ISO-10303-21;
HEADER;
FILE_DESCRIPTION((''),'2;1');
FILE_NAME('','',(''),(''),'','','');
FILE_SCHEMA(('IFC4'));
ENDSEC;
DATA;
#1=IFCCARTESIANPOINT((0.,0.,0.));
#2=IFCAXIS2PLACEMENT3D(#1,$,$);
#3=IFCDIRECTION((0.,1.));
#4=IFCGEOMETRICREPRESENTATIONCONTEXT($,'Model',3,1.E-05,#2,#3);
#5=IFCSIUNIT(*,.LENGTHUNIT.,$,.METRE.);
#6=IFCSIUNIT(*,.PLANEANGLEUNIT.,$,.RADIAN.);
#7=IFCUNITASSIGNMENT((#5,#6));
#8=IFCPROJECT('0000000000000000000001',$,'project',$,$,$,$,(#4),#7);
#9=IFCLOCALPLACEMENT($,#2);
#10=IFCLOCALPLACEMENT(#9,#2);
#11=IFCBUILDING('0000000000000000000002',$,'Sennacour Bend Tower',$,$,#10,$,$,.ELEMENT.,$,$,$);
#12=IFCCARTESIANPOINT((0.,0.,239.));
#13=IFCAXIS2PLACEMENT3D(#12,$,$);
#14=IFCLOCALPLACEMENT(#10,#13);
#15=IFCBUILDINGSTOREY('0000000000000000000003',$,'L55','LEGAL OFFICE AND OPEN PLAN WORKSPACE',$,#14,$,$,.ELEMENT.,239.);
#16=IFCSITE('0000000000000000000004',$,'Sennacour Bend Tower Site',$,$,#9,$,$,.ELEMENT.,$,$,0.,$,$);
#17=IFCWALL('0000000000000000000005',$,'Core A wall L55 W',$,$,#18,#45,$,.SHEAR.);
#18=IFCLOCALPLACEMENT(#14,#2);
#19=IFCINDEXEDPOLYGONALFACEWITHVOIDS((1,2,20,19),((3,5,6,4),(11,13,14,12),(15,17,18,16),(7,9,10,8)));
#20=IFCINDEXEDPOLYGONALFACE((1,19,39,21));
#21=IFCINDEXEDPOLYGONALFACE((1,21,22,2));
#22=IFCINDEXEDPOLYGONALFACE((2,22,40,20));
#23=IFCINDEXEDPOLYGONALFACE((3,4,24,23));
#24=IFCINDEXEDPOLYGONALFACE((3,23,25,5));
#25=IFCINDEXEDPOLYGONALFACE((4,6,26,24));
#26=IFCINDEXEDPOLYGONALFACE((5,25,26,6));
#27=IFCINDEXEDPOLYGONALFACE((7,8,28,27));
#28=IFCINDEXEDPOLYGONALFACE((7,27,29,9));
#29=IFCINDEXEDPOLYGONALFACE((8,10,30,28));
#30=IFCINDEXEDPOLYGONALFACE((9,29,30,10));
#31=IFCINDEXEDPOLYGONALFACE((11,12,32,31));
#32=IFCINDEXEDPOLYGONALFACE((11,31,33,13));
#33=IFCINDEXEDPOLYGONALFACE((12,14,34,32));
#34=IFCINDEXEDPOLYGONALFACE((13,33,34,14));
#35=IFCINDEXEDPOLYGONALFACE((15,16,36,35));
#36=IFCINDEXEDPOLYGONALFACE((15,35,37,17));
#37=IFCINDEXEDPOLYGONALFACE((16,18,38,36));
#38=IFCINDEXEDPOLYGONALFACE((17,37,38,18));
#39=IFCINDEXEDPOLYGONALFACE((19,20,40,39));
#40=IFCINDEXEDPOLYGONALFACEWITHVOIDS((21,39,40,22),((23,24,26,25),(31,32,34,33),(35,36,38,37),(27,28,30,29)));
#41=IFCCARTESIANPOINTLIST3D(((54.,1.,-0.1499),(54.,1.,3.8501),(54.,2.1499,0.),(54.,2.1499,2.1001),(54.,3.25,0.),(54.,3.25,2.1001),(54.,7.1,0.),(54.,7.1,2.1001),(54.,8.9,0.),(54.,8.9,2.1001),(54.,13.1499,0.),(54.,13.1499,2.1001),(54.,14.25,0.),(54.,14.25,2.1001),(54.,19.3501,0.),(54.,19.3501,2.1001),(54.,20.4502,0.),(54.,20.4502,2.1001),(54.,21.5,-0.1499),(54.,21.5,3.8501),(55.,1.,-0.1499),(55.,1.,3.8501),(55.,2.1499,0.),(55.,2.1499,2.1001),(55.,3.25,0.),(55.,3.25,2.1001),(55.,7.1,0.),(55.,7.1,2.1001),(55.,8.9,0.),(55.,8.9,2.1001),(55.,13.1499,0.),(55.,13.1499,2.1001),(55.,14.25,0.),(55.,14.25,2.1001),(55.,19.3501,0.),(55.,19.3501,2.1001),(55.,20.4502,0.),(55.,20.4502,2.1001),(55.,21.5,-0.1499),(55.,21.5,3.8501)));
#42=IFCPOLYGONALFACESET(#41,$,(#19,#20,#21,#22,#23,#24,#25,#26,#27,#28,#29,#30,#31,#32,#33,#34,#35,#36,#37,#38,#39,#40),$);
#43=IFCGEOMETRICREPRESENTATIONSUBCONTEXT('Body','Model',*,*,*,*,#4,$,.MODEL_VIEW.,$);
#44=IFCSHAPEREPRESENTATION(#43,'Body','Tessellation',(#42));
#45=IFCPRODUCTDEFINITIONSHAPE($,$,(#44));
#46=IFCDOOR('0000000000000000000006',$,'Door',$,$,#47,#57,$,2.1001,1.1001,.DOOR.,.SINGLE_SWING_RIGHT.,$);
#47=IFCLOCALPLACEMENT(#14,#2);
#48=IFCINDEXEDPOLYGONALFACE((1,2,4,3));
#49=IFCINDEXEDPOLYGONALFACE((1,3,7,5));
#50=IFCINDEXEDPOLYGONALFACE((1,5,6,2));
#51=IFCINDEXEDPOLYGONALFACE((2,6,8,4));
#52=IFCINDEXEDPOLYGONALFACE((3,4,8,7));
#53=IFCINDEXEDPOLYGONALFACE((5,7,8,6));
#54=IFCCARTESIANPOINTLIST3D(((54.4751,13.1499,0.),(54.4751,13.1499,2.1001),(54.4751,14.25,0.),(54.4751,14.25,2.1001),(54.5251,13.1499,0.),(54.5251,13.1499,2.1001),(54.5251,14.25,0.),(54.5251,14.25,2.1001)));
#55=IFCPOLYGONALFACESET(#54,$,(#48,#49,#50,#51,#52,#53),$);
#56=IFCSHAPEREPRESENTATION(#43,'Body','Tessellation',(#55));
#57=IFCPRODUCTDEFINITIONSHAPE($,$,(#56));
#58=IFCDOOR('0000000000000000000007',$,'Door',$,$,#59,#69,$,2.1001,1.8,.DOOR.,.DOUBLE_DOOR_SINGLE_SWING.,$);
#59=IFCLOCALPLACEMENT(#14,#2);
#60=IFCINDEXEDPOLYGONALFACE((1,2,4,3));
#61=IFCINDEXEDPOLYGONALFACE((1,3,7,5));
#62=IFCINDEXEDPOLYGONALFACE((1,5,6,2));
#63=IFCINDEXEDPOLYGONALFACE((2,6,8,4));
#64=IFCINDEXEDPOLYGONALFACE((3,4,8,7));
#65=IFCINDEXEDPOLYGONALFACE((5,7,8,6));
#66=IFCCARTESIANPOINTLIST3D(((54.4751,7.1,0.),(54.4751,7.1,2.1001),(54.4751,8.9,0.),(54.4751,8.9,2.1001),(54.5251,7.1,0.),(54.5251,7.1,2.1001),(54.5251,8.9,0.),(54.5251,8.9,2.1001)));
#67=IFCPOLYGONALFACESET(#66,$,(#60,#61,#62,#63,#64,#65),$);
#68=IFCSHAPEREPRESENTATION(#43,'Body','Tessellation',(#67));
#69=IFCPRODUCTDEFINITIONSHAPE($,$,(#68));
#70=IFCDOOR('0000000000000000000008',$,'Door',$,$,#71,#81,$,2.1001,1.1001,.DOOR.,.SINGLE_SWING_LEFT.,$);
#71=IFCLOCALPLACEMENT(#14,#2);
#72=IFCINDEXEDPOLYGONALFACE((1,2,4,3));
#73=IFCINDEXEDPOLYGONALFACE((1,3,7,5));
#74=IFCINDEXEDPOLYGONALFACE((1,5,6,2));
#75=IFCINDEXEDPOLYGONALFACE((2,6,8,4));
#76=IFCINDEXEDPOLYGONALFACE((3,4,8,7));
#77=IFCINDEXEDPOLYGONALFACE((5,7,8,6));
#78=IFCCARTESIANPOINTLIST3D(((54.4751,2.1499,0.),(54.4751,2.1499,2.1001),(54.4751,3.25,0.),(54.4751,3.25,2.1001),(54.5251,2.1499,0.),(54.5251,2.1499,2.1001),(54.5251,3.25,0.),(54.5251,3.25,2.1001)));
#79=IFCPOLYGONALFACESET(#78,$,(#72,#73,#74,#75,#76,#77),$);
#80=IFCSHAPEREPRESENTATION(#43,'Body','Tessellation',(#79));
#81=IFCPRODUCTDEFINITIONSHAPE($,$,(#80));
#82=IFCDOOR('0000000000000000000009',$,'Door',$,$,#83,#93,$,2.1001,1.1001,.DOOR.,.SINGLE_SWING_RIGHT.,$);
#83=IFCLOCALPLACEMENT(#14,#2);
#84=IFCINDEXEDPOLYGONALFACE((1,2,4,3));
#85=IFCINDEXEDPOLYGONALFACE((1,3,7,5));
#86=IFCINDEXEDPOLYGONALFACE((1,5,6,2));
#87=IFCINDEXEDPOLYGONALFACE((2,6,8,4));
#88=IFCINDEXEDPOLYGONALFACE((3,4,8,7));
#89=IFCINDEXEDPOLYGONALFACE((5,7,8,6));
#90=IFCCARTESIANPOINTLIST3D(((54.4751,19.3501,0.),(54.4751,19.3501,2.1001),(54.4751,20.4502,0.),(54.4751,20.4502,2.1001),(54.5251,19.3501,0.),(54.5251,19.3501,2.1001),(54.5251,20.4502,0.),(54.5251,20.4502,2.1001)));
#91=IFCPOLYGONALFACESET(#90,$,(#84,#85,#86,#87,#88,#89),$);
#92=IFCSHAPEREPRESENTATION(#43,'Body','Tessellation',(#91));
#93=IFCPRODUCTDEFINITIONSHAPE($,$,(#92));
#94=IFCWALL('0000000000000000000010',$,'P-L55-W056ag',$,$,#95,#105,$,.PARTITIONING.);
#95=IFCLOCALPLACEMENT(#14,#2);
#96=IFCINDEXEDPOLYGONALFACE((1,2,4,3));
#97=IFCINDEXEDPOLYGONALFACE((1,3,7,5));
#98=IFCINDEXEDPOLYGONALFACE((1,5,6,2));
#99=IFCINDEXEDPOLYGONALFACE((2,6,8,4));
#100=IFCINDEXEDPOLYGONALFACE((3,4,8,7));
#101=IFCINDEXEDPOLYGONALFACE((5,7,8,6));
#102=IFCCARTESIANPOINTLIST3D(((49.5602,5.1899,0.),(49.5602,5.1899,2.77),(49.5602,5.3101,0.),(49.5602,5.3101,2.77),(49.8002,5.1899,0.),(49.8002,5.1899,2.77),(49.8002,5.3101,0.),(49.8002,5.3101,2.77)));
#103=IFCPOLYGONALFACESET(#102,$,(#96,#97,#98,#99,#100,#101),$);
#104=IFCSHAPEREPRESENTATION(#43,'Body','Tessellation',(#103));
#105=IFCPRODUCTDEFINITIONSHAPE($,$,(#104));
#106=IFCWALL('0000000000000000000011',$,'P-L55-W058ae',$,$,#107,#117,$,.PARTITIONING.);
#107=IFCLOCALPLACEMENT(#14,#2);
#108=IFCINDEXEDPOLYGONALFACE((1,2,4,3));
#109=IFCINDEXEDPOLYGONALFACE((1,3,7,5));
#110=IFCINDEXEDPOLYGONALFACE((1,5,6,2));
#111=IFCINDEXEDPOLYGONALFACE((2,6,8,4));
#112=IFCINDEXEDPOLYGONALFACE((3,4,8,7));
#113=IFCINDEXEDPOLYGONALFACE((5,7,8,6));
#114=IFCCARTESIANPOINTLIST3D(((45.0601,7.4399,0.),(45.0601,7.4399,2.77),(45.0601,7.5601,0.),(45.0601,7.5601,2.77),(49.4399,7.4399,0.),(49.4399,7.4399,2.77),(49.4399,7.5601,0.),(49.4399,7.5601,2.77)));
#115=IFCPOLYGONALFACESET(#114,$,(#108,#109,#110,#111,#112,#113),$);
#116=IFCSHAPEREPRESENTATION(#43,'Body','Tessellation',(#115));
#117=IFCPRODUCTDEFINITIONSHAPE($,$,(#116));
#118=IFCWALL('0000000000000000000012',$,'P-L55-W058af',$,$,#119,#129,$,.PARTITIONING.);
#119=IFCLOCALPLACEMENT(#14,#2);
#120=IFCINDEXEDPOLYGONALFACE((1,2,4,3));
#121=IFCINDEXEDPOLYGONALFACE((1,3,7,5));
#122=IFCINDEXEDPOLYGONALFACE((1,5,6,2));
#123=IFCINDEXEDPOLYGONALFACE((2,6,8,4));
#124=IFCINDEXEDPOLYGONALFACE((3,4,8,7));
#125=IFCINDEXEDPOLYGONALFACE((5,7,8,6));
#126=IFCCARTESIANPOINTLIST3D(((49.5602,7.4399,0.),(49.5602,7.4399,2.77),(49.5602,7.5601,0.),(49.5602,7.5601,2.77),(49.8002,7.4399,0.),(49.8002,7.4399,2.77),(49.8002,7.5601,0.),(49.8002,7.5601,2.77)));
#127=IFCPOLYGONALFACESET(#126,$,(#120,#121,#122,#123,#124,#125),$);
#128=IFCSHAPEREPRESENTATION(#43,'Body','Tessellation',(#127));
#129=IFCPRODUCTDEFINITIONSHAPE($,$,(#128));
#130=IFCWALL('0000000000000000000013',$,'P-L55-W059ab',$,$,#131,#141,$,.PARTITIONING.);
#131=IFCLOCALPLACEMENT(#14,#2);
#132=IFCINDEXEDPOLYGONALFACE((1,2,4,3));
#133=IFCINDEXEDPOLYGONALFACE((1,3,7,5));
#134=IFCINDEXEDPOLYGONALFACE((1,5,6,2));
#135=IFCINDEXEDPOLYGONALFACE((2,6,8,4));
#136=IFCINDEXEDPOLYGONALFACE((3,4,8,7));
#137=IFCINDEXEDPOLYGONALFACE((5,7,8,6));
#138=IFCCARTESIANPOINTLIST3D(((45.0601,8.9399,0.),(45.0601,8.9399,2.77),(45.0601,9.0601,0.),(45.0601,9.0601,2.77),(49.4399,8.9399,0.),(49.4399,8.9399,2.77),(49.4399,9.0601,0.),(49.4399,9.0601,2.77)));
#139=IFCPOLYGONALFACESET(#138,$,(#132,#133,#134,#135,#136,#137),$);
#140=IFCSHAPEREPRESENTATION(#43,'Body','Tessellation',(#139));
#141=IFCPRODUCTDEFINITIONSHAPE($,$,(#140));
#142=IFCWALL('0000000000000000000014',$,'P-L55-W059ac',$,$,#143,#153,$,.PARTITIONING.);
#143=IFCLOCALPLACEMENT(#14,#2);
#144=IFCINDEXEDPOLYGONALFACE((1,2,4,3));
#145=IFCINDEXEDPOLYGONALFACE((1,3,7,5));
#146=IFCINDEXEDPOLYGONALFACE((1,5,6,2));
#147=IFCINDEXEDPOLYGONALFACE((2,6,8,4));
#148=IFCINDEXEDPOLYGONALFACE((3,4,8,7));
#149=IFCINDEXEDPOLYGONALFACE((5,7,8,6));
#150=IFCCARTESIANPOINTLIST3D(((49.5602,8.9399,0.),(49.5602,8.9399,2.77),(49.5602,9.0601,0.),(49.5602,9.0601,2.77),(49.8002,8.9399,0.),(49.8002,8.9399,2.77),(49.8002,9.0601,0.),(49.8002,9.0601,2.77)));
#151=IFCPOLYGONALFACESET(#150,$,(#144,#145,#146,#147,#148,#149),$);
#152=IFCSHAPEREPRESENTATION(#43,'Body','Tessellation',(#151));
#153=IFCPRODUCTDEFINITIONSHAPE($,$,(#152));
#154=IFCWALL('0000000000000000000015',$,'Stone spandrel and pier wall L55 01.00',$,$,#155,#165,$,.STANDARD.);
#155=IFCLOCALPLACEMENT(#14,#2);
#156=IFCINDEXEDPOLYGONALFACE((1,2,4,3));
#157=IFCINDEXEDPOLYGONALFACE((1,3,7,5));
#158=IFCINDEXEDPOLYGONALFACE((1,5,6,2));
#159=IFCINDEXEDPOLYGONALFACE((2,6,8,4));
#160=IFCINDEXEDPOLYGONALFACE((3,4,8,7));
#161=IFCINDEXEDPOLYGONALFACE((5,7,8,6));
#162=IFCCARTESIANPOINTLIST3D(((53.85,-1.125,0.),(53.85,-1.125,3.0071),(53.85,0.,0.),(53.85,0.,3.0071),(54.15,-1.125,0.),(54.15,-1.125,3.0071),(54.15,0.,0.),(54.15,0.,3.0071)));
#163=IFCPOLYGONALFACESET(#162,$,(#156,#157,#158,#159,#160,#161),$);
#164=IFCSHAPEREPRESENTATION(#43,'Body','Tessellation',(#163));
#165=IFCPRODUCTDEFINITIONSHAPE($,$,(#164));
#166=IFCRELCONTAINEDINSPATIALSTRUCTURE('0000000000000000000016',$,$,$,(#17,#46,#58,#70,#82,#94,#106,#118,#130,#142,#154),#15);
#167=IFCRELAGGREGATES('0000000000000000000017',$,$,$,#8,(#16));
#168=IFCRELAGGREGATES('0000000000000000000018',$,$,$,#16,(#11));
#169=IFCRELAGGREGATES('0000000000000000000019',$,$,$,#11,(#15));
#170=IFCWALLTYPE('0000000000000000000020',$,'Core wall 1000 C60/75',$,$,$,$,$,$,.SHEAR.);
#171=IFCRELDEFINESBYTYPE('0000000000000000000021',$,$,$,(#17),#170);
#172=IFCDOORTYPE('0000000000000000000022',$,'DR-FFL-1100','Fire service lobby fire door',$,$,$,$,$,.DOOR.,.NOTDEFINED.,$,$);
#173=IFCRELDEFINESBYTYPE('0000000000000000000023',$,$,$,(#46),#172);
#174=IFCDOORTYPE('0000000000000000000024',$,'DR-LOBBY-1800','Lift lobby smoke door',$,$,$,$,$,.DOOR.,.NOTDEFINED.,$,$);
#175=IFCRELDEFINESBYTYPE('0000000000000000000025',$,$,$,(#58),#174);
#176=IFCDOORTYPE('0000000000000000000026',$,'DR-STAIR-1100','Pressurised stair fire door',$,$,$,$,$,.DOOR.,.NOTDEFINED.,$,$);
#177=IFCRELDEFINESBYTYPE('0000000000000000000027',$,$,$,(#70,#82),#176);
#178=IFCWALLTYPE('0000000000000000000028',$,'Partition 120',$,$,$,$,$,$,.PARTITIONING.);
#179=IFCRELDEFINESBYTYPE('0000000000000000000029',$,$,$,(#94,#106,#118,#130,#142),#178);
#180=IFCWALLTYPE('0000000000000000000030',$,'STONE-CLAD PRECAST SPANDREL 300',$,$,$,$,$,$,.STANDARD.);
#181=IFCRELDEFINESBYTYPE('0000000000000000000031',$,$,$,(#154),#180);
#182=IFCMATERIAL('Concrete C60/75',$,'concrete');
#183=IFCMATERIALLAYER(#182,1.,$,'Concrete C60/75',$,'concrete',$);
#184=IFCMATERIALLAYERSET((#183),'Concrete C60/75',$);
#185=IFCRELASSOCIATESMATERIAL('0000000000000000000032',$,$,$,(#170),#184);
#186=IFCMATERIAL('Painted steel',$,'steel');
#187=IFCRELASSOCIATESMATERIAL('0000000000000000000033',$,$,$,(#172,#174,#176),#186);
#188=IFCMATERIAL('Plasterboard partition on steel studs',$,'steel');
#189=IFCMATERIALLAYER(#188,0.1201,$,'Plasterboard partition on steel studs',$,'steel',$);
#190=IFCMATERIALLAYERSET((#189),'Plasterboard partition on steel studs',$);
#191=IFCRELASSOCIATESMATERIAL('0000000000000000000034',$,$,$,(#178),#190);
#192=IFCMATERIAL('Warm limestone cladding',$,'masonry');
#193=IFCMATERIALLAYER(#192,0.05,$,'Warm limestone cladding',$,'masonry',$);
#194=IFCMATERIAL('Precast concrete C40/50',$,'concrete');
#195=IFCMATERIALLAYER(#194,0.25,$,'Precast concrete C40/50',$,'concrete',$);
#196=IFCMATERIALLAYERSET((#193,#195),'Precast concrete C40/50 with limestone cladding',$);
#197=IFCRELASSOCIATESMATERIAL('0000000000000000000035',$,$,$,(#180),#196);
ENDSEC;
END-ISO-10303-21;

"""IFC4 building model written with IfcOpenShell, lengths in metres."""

from ifc_helpers import new_model, si_unit, direction, frame, frame_2d, origin, place, context, subcontext, project, spatial, rectangle, extrude, material, layer, layer_set, type_object, element, fill, save


model = new_model("IFC4")

# Units and contexts
model_context = context("Model", 3, precision=1e-05, world=origin(), true_north=direction((0.0, 1.0)))
body_context = subcontext(model_context, "Body", "Model", "MODEL_VIEW")
ifc_project = project(units=[si_unit("LENGTHUNIT", "METRE"), si_unit("PLANEANGLEUNIT", "RADIAN")], contexts=[model_context])

# Site, building, storey
site_placement = place(None, origin())
site = spatial("IfcSite", under=ifc_project, at=site_placement, Name="Sennacour Bend Tower Site", CompositionType="ELEMENT", RefElevation=0.0)
building_placement = place(site_placement, origin())
building = spatial("IfcBuilding", under=site, at=building_placement, Name="Sennacour Bend Tower", CompositionType="ELEMENT")
storey_placement = place(building_placement, frame((0.0, 0.0, 239.0)))
storey = spatial("IfcBuildingStorey", under=building, at=storey_placement, Name="L55", Description="LEGAL OFFICE AND OPEN PLAN WORKSPACE", CompositionType="ELEMENT", Elevation=239.0)

# Wall, openings, doors
ifc_material_1 = material(Name="Concrete C60/75", Category="concrete")
ifc_layer_1 = layer(ifc_material_1, 1.0, Name="Concrete C60/75", Category="concrete")
ifc_layer_set_1 = layer_set([ifc_layer_1], Name="Concrete C60/75")
wall_type_1 = type_object("IfcWallType", Name="Core wall 1000 C60/75", PredefinedType="SHEAR", material=ifc_layer_set_1)
wall_1_placement = place(storey_placement, frame((54.5, 1.0, -0.1499), z_axis=(0.0, 0.0, 1.0), x_axis=(0.0, 1.0, 0.0)))
wall_1 = element("IfcWall", 1, at=wall_1_placement, inside=storey, type_object=wall_type_1, Name="Core A wall L55 W", PredefinedType="SHEAR", context=body_context, shape_type="SweptSolid", body=[
    extrude(rectangle(XDim=20.5, YDim=1.0, at=frame_2d((10.25, 0.0))), origin(), (0.0, 0.0, 1.0), 4.0),
])
opening_1_placement = place(wall_1_placement, frame((6.1001, 0.0, 0.1499)))
opening_1 = element("IfcOpeningElement", 2, at=opening_1_placement, cuts=wall_1, PredefinedType="OPENING", context=body_context, shape_type="SweptSolid", body=[
    extrude(rectangle(XDim=1.8, YDim=2.1001, at=frame_2d((0.8999, 1.05))), frame((0.0, 0.51, 0.0), z_axis=(0.0, -1.0, 0.0), x_axis=(1.0, 0.0, 0.0)), (0.0, 0.0, 1.0), 1.02),
])
opening_2_placement = place(wall_1_placement, frame((12.1499, 0.0, 0.1499)))
opening_2 = element("IfcOpeningElement", 3, at=opening_2_placement, cuts=wall_1, PredefinedType="OPENING", context=body_context, shape_type="SweptSolid", body=[
    extrude(rectangle(XDim=1.1001, YDim=2.1001, at=frame_2d((0.55, 1.05))), frame((0.0, 0.51, 0.0), z_axis=(0.0, -1.0, 0.0), x_axis=(1.0, 0.0, 0.0)), (0.0, 0.0, 1.0), 1.02),
])
opening_3_placement = place(wall_1_placement, frame((1.1499, 0.0, 0.1499)))
opening_3 = element("IfcOpeningElement", 4, at=opening_3_placement, cuts=wall_1, PredefinedType="OPENING", context=body_context, shape_type="SweptSolid", body=[
    extrude(rectangle(XDim=1.1001, YDim=2.1001, at=frame_2d((0.55, 1.05))), frame((0.0, 0.51, 0.0), z_axis=(0.0, -1.0, 0.0), x_axis=(1.0, 0.0, 0.0)), (0.0, 0.0, 1.0), 1.02),
])
opening_4_placement = place(wall_1_placement, frame((18.3501, 0.0, 0.1499)))
opening_4 = element("IfcOpeningElement", 5, at=opening_4_placement, cuts=wall_1, PredefinedType="OPENING", context=body_context, shape_type="SweptSolid", body=[
    extrude(rectangle(XDim=1.1001, YDim=2.1001, at=frame_2d((0.55, 1.05))), frame((0.0, 0.51, 0.0), z_axis=(0.0, -1.0, 0.0), x_axis=(1.0, 0.0, 0.0)), (0.0, 0.0, 1.0), 1.02),
])
ifc_material_2 = material(Name="Painted steel", Category="steel")
door_type_1 = type_object("IfcDoorType", Name="DR-FFL-1100", Description="Fire service lobby fire door", OperationType="NOTDEFINED", PredefinedType="DOOR", material=ifc_material_2)
door_1_placement = place(opening_2_placement, origin())
door_1 = element("IfcDoor", 6, at=door_1_placement, inside=storey, type_object=door_type_1, Name="Door", OperationType="SINGLE_SWING_RIGHT", OverallHeight=2.1001, OverallWidth=1.1001, PredefinedType="DOOR", context=body_context, shape_type="SweptSolid", body=[
    extrude(rectangle(XDim=1.1001, YDim=2.1001, at=frame_2d((0.55, 1.05))), frame((0.0, 0.0249, 0.0), z_axis=(0.0, -1.0, 0.0), x_axis=(1.0, 0.0, 0.0)), (0.0, 0.0, 1.0), 0.05),
])
fill(opening_2, door_1)
door_type_2 = type_object("IfcDoorType", Name="DR-LOBBY-1800", Description="Lift lobby smoke door", OperationType="NOTDEFINED", PredefinedType="DOOR", material=ifc_material_2)
door_2_placement = place(opening_1_placement, origin())
door_2 = element("IfcDoor", 7, at=door_2_placement, inside=storey, type_object=door_type_2, Name="Door", OperationType="DOUBLE_DOOR_SINGLE_SWING", OverallHeight=2.1001, OverallWidth=1.8, PredefinedType="DOOR", context=body_context, shape_type="SweptSolid", body=[
    extrude(rectangle(XDim=1.8, YDim=2.1001, at=frame_2d((0.8999, 1.05))), frame((0.0, 0.0249, 0.0), z_axis=(0.0, -1.0, 0.0), x_axis=(1.0, 0.0, 0.0)), (0.0, 0.0, 1.0), 0.05),
])
fill(opening_1, door_2)
door_type_3 = type_object("IfcDoorType", Name="DR-STAIR-1100", Description="Pressurised stair fire door", OperationType="NOTDEFINED", PredefinedType="DOOR", material=ifc_material_2)
door_3_placement = place(opening_3_placement, origin())
door_3 = element("IfcDoor", 8, at=door_3_placement, inside=storey, type_object=door_type_3, Name="Door", OperationType="SINGLE_SWING_LEFT", OverallHeight=2.1001, OverallWidth=1.1001, PredefinedType="DOOR", context=body_context, shape_type="SweptSolid", body=[
    extrude(rectangle(XDim=1.1001, YDim=2.1001, at=frame_2d((0.55, 1.05))), frame((0.0, 0.0249, 0.0), z_axis=(0.0, -1.0, 0.0), x_axis=(1.0, 0.0, 0.0)), (0.0, 0.0, 1.0), 0.05),
])
fill(opening_3, door_3)
door_4_placement = place(opening_4_placement, origin())
door_4 = element("IfcDoor", 9, at=door_4_placement, inside=storey, type_object=door_type_3, Name="Door", OperationType="SINGLE_SWING_RIGHT", OverallHeight=2.1001, OverallWidth=1.1001, PredefinedType="DOOR", context=body_context, shape_type="SweptSolid", body=[
    extrude(rectangle(XDim=1.1001, YDim=2.1001, at=frame_2d((0.55, 1.05))), frame((0.0, 0.0249, 0.0), z_axis=(0.0, -1.0, 0.0), x_axis=(1.0, 0.0, 0.0)), (0.0, 0.0, 1.0), 0.05),
])
fill(opening_4, door_4)

# Walls
ifc_material_3 = material(Name="Plasterboard partition on steel studs", Category="steel")
ifc_layer_2 = layer(ifc_material_3, 0.1201, Name="Plasterboard partition on steel studs", Category="steel")
ifc_layer_set_2 = layer_set([ifc_layer_2], Name="Plasterboard partition on steel studs")
wall_type_2 = type_object("IfcWallType", Name="Partition 120", PredefinedType="PARTITIONING", material=ifc_layer_set_2)
wall_2_placement = place(storey_placement, frame((49.5601, 5.25, 0.0), z_axis=(0.0, 0.0, 1.0), x_axis=(1.0, 0.0, 0.0)))
element("IfcWall", 10, at=wall_2_placement, inside=storey, type_object=wall_type_2, Name="P-L55-W056ag", PredefinedType="PARTITIONING", context=body_context, shape_type="SweptSolid", body=[
    extrude(rectangle(XDim=0.24, YDim=0.1201, at=frame_2d((0.1201, 0.0))), origin(), (0.0, 0.0, 1.0), 2.77),
])
wall_3_placement = place(storey_placement, frame((45.0601, 7.5, 0.0), z_axis=(0.0, 0.0, 1.0), x_axis=(1.0, 0.0, 0.0)))
element("IfcWall", 11, at=wall_3_placement, inside=storey, type_object=wall_type_2, Name="P-L55-W058ae", PredefinedType="PARTITIONING", context=body_context, shape_type="SweptSolid", body=[
    extrude(rectangle(XDim=4.3799, YDim=0.1201, at=frame_2d((2.1899, 0.0))), origin(), (0.0, 0.0, 1.0), 2.77),
])
wall_4_placement = place(storey_placement, frame((49.5601, 7.5, 0.0), z_axis=(0.0, 0.0, 1.0), x_axis=(1.0, 0.0, 0.0)))
element("IfcWall", 12, at=wall_4_placement, inside=storey, type_object=wall_type_2, Name="P-L55-W058af", PredefinedType="PARTITIONING", context=body_context, shape_type="SweptSolid", body=[
    extrude(rectangle(XDim=0.24, YDim=0.1201, at=frame_2d((0.1201, 0.0))), origin(), (0.0, 0.0, 1.0), 2.77),
])
wall_5_placement = place(storey_placement, frame((45.0601, 9.0, 0.0), z_axis=(0.0, 0.0, 1.0), x_axis=(1.0, 0.0, 0.0)))
element("IfcWall", 13, at=wall_5_placement, inside=storey, type_object=wall_type_2, Name="P-L55-W059ab", PredefinedType="PARTITIONING", context=body_context, shape_type="SweptSolid", body=[
    extrude(rectangle(XDim=4.3799, YDim=0.1201, at=frame_2d((2.1899, 0.0))), origin(), (0.0, 0.0, 1.0), 2.77),
])
wall_6_placement = place(storey_placement, frame((49.5601, 9.0, 0.0), z_axis=(0.0, 0.0, 1.0), x_axis=(1.0, 0.0, 0.0)))
element("IfcWall", 14, at=wall_6_placement, inside=storey, type_object=wall_type_2, Name="P-L55-W059ac", PredefinedType="PARTITIONING", context=body_context, shape_type="SweptSolid", body=[
    extrude(rectangle(XDim=0.24, YDim=0.1201, at=frame_2d((0.1201, 0.0))), origin(), (0.0, 0.0, 1.0), 2.77),
])
ifc_material_4 = material(Name="Warm limestone cladding", Category="masonry")
ifc_layer_3 = layer(ifc_material_4, 0.05, Name="Warm limestone cladding", Category="masonry")
ifc_material_5 = material(Name="Precast concrete C40/50", Category="concrete")
ifc_layer_4 = layer(ifc_material_5, 0.25, Name="Precast concrete C40/50", Category="concrete")
ifc_layer_set_3 = layer_set([ifc_layer_3, ifc_layer_4], Name="Precast concrete C40/50 with limestone cladding")
wall_type_3 = type_object("IfcWallType", Name="STONE-CLAD PRECAST SPANDREL 300", PredefinedType="STANDARD", material=ifc_layer_set_3)
wall_7_placement = place(storey_placement, frame((54.0, -1.125, 0.0), z_axis=(0.0, 0.0, 1.0), x_axis=(0.0, 1.0, 0.0)))
element("IfcWall", 15, at=wall_7_placement, inside=storey, type_object=wall_type_3, Name="Stone spandrel and pier wall L55 01.00", PredefinedType="STANDARD", context=body_context, shape_type="SweptSolid", body=[
    extrude(rectangle(XDim=1.125, YDim=0.3, at=frame_2d((0.5625, 0.0))), origin(), (0.0, 0.0, 1.0), 3.0071),
])

save(model, "model.ifc")
